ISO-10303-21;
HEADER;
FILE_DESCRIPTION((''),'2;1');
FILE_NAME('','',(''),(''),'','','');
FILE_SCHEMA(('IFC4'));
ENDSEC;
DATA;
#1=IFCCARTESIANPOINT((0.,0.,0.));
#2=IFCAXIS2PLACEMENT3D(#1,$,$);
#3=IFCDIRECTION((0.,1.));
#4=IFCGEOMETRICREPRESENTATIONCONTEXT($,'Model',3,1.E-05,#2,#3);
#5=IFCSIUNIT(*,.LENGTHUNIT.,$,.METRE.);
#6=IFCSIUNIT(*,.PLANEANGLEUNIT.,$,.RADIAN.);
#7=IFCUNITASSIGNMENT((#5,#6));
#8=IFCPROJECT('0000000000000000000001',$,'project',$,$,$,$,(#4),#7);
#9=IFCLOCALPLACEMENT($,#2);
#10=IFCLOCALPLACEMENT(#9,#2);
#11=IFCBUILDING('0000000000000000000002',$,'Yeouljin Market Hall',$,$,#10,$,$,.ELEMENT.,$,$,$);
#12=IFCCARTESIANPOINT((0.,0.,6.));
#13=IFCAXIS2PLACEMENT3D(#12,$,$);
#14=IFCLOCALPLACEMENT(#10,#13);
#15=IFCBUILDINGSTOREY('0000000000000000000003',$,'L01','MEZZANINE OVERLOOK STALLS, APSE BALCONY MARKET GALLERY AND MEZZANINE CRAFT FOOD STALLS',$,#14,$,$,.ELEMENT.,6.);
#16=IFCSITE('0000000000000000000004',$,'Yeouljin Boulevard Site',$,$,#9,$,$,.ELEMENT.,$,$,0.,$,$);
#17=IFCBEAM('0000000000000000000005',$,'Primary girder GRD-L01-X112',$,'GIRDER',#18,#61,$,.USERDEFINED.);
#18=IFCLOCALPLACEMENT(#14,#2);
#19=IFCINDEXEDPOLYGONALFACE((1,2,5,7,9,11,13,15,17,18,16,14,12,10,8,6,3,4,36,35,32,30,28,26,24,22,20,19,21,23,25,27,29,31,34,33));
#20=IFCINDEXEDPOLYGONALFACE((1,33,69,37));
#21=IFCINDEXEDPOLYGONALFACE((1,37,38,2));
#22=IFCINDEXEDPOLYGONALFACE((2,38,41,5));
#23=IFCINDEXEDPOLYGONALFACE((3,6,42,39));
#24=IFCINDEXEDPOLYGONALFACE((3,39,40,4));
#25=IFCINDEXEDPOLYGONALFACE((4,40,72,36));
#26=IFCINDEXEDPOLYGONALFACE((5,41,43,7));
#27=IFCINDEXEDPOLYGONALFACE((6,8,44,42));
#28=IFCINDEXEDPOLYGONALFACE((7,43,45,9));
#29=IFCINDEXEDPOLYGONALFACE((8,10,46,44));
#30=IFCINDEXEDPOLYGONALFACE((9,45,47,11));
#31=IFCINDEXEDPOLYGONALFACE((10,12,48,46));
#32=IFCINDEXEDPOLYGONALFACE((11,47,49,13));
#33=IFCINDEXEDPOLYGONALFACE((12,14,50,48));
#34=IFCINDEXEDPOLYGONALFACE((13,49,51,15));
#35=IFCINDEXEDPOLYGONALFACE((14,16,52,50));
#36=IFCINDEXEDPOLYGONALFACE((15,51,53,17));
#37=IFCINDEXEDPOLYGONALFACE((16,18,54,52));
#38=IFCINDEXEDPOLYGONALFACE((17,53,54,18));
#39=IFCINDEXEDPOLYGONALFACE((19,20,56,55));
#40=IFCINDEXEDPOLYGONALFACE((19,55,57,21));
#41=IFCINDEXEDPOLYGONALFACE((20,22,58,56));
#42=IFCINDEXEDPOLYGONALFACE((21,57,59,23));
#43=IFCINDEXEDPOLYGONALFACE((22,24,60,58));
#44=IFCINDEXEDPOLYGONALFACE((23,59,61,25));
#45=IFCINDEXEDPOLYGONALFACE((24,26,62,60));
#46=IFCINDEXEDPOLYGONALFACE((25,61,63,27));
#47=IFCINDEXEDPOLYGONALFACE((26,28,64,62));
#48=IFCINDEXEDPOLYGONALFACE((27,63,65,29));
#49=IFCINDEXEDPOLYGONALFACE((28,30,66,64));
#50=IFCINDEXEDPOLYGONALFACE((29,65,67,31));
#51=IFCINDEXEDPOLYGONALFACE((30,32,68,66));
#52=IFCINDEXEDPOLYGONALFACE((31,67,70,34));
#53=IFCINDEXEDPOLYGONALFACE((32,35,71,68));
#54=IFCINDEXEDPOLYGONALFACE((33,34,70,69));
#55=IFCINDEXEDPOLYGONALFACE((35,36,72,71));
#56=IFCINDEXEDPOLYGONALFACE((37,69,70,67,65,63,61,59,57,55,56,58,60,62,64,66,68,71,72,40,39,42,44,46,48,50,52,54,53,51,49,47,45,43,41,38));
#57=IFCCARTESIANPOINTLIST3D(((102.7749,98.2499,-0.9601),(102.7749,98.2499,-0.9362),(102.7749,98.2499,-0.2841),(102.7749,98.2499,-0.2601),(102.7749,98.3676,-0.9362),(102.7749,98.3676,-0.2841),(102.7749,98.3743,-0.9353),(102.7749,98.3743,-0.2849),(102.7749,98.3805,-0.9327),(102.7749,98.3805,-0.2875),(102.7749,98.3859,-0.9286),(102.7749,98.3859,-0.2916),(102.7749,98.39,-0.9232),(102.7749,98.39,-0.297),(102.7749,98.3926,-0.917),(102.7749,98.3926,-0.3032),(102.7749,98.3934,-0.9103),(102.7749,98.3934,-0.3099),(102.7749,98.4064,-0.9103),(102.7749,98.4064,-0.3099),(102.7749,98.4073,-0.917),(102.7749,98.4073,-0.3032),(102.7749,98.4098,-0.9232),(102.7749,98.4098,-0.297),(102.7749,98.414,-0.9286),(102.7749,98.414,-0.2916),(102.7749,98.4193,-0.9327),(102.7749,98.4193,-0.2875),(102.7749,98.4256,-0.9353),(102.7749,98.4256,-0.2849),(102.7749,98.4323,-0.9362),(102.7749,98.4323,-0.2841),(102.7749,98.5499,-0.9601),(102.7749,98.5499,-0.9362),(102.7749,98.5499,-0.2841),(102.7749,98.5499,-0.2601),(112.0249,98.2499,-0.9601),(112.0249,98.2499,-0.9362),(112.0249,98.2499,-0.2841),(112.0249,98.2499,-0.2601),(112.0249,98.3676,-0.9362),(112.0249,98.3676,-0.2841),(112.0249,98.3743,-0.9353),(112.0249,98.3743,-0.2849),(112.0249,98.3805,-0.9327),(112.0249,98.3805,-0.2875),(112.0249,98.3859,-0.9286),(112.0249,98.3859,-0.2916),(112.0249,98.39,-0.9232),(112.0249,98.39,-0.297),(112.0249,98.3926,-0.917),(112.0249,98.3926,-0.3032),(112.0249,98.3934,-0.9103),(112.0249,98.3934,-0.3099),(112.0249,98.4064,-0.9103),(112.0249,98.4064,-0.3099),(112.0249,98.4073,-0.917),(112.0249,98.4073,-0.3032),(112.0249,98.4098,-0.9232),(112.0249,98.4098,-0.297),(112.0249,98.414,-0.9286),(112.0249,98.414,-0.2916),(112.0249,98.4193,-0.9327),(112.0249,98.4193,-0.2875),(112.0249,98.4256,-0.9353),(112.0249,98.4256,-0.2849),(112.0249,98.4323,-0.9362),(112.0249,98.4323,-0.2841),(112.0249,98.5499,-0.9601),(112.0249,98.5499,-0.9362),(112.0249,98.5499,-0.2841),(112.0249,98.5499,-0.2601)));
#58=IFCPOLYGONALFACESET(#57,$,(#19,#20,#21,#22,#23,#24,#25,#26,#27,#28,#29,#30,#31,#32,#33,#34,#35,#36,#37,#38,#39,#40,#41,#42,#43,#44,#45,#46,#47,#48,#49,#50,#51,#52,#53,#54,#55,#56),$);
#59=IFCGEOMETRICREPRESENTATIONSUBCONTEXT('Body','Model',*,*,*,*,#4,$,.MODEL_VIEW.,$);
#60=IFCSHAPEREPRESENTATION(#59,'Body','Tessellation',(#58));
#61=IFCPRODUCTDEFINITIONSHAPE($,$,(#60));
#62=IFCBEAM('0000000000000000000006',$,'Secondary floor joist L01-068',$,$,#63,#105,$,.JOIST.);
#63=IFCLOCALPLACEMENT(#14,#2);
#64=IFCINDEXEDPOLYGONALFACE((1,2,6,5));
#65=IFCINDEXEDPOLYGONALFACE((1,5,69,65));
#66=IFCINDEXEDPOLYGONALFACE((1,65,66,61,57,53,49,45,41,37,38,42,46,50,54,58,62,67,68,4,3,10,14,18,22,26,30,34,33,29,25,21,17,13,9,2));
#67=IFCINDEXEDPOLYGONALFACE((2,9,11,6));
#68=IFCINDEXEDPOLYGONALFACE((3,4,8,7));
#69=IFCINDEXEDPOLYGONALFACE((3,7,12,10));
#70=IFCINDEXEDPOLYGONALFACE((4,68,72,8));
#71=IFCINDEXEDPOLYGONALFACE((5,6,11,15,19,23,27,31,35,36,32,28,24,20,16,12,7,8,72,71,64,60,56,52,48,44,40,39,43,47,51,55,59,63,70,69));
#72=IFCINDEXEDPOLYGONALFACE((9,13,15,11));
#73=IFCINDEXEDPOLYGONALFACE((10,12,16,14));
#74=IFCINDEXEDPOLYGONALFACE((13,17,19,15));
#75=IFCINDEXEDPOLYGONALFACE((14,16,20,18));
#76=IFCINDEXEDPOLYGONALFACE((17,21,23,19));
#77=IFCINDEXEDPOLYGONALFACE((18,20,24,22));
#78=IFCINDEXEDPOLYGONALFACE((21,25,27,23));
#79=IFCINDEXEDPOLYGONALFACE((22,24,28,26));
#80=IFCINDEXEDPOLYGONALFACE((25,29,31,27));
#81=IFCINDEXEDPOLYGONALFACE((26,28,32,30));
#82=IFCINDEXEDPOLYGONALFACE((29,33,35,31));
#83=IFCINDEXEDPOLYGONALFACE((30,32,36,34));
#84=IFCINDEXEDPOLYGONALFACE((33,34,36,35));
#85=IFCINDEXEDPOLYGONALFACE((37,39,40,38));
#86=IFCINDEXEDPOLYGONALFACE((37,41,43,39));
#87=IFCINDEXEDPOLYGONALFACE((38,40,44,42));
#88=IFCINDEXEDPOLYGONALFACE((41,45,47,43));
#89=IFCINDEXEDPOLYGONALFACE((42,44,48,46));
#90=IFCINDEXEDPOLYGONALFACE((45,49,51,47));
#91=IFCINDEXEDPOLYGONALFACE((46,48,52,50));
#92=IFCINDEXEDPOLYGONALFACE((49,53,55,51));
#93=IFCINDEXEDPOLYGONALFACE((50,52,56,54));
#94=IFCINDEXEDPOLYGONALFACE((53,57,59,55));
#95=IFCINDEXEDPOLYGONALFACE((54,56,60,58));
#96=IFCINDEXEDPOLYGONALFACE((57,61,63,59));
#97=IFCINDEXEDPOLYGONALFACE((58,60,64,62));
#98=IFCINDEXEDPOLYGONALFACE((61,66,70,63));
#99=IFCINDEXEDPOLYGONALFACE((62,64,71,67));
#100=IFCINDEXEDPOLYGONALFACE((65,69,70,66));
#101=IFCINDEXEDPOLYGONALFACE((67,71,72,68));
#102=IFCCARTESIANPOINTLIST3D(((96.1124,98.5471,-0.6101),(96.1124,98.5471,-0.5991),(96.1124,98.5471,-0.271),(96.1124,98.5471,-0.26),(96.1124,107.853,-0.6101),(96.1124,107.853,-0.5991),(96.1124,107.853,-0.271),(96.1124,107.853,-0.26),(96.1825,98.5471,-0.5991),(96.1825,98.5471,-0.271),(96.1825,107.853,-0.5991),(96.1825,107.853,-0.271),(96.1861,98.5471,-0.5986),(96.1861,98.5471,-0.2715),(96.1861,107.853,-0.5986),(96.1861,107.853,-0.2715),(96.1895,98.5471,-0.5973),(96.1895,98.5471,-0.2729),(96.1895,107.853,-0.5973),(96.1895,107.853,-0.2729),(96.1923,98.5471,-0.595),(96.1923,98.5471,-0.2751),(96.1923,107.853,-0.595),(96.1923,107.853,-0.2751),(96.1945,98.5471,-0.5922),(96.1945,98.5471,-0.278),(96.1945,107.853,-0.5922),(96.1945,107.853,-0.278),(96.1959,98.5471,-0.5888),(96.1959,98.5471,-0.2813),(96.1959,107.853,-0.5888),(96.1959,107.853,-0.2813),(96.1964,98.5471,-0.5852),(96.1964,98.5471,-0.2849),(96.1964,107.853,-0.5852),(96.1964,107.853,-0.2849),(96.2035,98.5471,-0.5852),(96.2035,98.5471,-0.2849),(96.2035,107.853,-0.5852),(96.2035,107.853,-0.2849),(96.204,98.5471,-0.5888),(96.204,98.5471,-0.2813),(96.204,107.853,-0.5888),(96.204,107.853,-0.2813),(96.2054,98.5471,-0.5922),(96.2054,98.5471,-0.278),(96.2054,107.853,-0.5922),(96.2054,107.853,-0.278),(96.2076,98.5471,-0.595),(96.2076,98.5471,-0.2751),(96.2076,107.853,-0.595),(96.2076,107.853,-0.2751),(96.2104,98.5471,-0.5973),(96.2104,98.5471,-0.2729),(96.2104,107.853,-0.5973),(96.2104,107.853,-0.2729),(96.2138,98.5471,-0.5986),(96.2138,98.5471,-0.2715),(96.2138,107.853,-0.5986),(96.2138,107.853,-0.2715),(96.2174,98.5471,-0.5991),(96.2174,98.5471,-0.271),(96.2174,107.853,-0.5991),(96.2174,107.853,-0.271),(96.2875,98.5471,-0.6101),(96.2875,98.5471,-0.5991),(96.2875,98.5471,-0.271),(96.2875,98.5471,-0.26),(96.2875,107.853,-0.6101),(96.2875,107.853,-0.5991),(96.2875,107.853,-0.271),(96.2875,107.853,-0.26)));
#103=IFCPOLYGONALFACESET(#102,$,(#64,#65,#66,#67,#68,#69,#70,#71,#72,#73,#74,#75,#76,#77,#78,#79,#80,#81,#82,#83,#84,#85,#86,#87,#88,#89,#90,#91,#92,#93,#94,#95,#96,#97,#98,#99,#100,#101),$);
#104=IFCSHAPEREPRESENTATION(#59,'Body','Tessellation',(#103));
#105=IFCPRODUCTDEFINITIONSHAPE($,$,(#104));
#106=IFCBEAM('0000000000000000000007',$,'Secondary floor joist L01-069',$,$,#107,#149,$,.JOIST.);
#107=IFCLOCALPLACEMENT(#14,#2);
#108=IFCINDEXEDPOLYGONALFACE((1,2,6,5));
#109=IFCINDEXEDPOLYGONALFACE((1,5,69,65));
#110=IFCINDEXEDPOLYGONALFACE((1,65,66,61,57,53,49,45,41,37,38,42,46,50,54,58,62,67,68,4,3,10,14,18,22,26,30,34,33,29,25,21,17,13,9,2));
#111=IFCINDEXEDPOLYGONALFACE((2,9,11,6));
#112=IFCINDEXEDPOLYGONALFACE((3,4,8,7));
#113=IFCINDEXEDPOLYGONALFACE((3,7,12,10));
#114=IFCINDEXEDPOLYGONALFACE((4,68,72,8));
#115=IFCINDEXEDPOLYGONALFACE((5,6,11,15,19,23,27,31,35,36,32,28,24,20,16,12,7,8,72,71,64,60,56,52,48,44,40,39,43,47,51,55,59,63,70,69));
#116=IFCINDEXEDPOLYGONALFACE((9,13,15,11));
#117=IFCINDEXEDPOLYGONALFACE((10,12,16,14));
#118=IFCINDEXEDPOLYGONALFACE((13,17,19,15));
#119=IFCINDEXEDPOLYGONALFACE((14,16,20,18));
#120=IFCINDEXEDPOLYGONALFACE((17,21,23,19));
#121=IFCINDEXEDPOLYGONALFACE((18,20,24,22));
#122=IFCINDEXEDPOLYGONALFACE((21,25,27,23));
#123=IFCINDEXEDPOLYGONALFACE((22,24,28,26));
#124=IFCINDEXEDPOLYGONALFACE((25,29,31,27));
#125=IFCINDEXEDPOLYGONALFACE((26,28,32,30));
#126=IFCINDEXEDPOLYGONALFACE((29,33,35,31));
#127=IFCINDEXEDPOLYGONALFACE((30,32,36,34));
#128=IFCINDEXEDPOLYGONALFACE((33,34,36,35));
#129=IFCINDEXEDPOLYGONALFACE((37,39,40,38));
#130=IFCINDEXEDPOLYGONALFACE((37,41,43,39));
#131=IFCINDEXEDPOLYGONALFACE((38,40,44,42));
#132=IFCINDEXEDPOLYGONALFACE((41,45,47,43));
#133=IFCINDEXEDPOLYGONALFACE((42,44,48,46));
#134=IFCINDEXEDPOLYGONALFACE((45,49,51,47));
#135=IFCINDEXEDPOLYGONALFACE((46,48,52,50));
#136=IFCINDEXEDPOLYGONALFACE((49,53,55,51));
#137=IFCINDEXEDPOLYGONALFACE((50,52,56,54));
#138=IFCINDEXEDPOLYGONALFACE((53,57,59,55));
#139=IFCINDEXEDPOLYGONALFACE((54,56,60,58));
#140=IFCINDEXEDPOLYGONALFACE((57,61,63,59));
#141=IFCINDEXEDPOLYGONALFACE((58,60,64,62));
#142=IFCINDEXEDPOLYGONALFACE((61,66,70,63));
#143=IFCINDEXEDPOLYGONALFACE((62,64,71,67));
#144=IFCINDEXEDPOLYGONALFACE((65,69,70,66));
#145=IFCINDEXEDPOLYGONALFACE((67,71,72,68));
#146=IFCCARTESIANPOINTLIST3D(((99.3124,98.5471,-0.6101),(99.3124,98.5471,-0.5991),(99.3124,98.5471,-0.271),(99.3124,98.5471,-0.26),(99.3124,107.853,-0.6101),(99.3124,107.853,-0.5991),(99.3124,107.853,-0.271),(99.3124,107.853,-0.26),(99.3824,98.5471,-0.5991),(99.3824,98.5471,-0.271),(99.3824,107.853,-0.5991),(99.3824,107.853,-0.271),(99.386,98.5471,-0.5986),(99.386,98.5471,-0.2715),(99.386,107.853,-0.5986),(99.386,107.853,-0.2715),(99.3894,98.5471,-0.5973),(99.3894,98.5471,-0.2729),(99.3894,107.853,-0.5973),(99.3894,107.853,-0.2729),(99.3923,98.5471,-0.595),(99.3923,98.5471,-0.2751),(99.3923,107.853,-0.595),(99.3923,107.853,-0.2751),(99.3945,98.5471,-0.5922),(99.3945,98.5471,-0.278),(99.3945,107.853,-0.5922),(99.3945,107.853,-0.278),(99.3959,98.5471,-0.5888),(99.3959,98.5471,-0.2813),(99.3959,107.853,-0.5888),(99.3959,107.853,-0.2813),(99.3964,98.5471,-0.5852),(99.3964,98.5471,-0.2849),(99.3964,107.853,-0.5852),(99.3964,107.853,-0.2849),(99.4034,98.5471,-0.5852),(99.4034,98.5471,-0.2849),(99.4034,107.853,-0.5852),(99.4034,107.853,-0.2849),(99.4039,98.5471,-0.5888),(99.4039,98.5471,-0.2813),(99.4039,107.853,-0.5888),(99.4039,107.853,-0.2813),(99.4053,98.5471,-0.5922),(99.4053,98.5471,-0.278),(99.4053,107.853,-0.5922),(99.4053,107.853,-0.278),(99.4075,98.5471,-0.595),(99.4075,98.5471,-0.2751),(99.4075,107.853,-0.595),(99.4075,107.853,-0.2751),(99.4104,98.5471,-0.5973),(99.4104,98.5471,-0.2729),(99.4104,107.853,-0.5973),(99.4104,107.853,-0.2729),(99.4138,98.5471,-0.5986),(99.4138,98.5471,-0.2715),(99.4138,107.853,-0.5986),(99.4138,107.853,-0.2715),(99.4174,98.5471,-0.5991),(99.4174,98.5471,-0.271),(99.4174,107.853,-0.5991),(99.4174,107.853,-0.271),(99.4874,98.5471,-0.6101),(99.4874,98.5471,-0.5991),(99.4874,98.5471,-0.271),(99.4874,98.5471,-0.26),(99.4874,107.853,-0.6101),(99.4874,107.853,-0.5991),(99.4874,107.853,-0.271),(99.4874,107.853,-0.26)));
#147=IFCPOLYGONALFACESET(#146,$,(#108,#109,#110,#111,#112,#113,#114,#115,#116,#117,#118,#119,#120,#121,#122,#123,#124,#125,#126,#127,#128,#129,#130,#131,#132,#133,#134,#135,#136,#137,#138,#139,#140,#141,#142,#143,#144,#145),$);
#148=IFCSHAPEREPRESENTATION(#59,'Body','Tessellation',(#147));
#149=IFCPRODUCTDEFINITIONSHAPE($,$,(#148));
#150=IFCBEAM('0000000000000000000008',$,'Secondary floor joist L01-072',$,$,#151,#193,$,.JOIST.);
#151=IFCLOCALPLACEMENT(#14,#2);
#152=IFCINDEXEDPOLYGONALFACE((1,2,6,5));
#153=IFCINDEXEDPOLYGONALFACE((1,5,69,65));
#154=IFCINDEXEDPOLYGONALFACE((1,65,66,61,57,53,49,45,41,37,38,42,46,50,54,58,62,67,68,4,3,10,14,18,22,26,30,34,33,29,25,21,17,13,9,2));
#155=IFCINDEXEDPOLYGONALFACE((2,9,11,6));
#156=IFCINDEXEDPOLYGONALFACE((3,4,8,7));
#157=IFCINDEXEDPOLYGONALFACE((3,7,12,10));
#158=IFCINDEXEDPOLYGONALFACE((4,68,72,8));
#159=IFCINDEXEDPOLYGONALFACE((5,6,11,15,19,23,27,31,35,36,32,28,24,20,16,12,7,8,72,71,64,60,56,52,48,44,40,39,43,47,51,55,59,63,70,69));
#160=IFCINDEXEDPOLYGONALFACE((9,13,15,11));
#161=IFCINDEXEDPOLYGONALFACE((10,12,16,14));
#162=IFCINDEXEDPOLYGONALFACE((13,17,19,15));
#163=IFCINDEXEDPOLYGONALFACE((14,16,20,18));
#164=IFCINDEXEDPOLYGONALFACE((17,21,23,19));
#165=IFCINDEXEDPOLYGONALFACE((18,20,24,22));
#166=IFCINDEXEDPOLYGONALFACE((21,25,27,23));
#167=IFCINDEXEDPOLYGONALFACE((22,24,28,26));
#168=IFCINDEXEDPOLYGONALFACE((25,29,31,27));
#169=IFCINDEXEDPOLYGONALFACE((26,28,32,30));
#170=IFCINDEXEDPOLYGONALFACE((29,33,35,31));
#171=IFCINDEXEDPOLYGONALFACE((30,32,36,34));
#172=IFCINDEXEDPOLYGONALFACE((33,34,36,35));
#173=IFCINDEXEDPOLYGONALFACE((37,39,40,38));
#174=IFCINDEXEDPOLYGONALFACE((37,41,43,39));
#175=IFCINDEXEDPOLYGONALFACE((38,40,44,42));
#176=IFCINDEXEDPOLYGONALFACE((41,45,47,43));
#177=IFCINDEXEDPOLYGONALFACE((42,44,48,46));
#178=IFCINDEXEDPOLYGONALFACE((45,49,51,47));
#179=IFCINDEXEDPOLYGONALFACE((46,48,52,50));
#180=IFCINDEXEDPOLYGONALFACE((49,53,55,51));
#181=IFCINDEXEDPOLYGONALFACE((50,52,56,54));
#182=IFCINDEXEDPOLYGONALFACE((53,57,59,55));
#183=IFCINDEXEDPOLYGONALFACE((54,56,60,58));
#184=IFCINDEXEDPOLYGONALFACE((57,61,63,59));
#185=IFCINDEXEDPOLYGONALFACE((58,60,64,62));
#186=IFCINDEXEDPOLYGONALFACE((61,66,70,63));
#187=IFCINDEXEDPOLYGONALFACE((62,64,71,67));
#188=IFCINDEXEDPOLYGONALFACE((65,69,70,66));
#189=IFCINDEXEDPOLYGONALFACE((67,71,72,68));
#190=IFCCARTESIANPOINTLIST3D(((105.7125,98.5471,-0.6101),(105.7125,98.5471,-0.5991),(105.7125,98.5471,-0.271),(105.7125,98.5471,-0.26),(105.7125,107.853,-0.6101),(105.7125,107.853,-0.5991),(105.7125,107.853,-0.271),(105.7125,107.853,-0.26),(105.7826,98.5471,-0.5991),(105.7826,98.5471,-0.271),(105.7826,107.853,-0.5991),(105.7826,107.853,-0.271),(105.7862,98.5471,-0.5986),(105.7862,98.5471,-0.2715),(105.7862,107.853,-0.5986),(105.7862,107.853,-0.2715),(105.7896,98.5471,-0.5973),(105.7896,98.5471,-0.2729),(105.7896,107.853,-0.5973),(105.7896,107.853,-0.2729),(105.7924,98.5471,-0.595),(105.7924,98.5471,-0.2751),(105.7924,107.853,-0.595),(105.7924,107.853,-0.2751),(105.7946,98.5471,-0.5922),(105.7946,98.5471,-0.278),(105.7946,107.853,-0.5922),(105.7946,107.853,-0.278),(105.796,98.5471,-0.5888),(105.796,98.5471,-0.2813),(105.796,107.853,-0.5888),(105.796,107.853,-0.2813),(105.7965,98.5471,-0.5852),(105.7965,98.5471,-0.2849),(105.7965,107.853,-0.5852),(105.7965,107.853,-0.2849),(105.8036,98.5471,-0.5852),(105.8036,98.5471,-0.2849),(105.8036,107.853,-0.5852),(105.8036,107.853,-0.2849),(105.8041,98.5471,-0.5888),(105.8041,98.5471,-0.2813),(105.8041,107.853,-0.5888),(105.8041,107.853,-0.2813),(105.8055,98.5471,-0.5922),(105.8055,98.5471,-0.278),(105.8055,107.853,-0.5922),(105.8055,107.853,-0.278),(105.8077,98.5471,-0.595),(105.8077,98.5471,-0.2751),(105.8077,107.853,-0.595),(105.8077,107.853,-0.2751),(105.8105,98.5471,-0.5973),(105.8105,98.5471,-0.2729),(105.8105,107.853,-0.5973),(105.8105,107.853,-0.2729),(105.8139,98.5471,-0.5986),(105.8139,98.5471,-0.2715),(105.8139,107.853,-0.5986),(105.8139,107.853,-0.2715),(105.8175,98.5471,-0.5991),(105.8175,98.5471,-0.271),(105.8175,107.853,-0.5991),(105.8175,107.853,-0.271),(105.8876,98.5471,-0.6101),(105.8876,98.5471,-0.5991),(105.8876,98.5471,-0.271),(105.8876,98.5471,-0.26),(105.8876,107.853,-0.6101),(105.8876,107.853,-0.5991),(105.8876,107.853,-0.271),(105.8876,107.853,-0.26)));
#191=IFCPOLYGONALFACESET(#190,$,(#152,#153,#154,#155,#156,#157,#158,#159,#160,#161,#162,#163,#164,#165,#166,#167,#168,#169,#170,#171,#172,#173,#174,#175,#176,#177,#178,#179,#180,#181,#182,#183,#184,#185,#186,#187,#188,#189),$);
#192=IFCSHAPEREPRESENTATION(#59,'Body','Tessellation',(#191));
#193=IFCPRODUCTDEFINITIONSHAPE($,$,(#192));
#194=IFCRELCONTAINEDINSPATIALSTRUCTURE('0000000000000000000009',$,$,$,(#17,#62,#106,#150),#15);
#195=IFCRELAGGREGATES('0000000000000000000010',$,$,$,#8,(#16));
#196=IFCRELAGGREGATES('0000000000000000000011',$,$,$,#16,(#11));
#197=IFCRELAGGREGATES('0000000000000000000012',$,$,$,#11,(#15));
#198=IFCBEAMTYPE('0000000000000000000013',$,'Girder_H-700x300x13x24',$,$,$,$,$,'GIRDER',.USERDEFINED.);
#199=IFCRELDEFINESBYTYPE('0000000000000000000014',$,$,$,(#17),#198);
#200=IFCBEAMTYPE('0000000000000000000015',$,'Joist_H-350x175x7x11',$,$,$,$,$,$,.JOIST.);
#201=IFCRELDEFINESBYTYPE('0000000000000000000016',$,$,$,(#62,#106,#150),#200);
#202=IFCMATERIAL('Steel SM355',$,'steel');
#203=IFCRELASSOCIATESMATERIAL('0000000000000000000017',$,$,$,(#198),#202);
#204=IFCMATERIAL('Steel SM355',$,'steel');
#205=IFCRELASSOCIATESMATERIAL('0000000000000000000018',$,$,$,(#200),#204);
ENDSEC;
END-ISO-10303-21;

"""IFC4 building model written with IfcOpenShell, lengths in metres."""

from ifc_helpers import new_model, si_unit, direction, frame, origin, origin_2d, place, context, subcontext, project, spatial, i_section, extrude, material, material_profile, profile_set, type_object, element, save


model = new_model("IFC4")

# Units and contexts
model_context = context("Model", 3, precision=1e-05, world=origin(), true_north=direction((0.0, 1.0)))
body_context = subcontext(model_context, "Body", "Model", "MODEL_VIEW")
ifc_project = project(units=[si_unit("LENGTHUNIT", "METRE"), si_unit("PLANEANGLEUNIT", "RADIAN")], contexts=[model_context])

# Site, building, storey
site_placement = place(None, origin())
site = spatial("IfcSite", under=ifc_project, at=site_placement, Name="Yeouljin Boulevard Site", CompositionType="ELEMENT", RefElevation=0.0)
building_placement = place(site_placement, origin())
building = spatial("IfcBuilding", under=site, at=building_placement, Name="Yeouljin Market Hall", CompositionType="ELEMENT")
storey_placement = place(building_placement, frame((0.0, 0.0, 6.0)))
storey = spatial("IfcBuildingStorey", under=building, at=storey_placement, Name="L01", Description="MEZZANINE OVERLOOK STALLS, APSE BALCONY MARKET GALLERY AND MEZZANINE CRAFT FOOD STALLS", CompositionType="ELEMENT", Elevation=6.0)

# Beams
ifc_material_1 = material(Name="Steel SM355", Category="steel")
ifc_material_profile_1 = material_profile(ifc_material_1, i_section(OverallWidth=0.3, OverallDepth=0.7, WebThickness=0.0129, FlangeThickness=0.0239, FilletRadius=0.0259, at=origin_2d()), Name="H-700x300x13x24")
ifc_profile_set_1 = profile_set([ifc_material_profile_1], Name="Steel SM355")
beam_type_1 = type_object("IfcBeamType", Name="Girder_H-700x300x13x24", ElementType="GIRDER", PredefinedType="USERDEFINED", material=ifc_profile_set_1)
for number, where, z_axis, x_axis, name in (
    (1, (102.7749, 98.3999, -0.6101), (1.0, 0.0, 0.0), (0.0, 1.0, 0.0), "Primary girder GRD-L01-X112"),
):
    element("IfcBeam", number, at=place(storey_placement, frame(where, z_axis=z_axis, x_axis=x_axis)), inside=storey, type_object=beam_type_1, Name=name, ObjectType="GIRDER", PredefinedType="USERDEFINED", context=body_context, shape_type="SweptSolid", body=[
        extrude(i_section(OverallWidth=0.3, OverallDepth=0.7, WebThickness=0.0129, FlangeThickness=0.0239, FilletRadius=0.0259, at=origin_2d()), origin(), (0.0, 0.0, 1.0), 9.25),
    ])
ifc_material_2 = material(Name="Steel SM355", Category="steel")
ifc_material_profile_2 = material_profile(ifc_material_2, i_section(OverallWidth=0.175, OverallDepth=0.3501, WebThickness=0.0071, FlangeThickness=0.011, FilletRadius=0.0139, at=origin_2d()), Name="H-350x175x7x11")
ifc_profile_set_2 = profile_set([ifc_material_profile_2], Name="Steel SM355")
beam_type_2 = type_object("IfcBeamType", Name="Joist_H-350x175x7x11", PredefinedType="JOIST", material=ifc_profile_set_2)
for number, where, z_axis, x_axis, name in (
    (2, (96.2, 98.5471, -0.4351), (0.0, 1.0, 0.0), (-1.0, 0.0, 0.0), "Secondary floor joist L01-068"),
    (3, (99.3999, 98.5471, -0.4351), (0.0, 1.0, 0.0), (-1.0, 0.0, 0.0), "Secondary floor joist L01-069"),
    (4, (105.8, 98.5471, -0.4351), (0.0, 1.0, 0.0), (-1.0, 0.0, 0.0), "Secondary floor joist L01-072"),
):
    element("IfcBeam", number, at=place(storey_placement, frame(where, z_axis=z_axis, x_axis=x_axis)), inside=storey, type_object=beam_type_2, Name=name, PredefinedType="JOIST", context=body_context, shape_type="SweptSolid", body=[
        extrude(i_section(OverallWidth=0.175, OverallDepth=0.3501, WebThickness=0.0071, FlangeThickness=0.011, FilletRadius=0.0139, at=origin_2d()), origin(), (0.0, 0.0, 1.0), 9.3059),
    ])

save(model, "model.ifc")
